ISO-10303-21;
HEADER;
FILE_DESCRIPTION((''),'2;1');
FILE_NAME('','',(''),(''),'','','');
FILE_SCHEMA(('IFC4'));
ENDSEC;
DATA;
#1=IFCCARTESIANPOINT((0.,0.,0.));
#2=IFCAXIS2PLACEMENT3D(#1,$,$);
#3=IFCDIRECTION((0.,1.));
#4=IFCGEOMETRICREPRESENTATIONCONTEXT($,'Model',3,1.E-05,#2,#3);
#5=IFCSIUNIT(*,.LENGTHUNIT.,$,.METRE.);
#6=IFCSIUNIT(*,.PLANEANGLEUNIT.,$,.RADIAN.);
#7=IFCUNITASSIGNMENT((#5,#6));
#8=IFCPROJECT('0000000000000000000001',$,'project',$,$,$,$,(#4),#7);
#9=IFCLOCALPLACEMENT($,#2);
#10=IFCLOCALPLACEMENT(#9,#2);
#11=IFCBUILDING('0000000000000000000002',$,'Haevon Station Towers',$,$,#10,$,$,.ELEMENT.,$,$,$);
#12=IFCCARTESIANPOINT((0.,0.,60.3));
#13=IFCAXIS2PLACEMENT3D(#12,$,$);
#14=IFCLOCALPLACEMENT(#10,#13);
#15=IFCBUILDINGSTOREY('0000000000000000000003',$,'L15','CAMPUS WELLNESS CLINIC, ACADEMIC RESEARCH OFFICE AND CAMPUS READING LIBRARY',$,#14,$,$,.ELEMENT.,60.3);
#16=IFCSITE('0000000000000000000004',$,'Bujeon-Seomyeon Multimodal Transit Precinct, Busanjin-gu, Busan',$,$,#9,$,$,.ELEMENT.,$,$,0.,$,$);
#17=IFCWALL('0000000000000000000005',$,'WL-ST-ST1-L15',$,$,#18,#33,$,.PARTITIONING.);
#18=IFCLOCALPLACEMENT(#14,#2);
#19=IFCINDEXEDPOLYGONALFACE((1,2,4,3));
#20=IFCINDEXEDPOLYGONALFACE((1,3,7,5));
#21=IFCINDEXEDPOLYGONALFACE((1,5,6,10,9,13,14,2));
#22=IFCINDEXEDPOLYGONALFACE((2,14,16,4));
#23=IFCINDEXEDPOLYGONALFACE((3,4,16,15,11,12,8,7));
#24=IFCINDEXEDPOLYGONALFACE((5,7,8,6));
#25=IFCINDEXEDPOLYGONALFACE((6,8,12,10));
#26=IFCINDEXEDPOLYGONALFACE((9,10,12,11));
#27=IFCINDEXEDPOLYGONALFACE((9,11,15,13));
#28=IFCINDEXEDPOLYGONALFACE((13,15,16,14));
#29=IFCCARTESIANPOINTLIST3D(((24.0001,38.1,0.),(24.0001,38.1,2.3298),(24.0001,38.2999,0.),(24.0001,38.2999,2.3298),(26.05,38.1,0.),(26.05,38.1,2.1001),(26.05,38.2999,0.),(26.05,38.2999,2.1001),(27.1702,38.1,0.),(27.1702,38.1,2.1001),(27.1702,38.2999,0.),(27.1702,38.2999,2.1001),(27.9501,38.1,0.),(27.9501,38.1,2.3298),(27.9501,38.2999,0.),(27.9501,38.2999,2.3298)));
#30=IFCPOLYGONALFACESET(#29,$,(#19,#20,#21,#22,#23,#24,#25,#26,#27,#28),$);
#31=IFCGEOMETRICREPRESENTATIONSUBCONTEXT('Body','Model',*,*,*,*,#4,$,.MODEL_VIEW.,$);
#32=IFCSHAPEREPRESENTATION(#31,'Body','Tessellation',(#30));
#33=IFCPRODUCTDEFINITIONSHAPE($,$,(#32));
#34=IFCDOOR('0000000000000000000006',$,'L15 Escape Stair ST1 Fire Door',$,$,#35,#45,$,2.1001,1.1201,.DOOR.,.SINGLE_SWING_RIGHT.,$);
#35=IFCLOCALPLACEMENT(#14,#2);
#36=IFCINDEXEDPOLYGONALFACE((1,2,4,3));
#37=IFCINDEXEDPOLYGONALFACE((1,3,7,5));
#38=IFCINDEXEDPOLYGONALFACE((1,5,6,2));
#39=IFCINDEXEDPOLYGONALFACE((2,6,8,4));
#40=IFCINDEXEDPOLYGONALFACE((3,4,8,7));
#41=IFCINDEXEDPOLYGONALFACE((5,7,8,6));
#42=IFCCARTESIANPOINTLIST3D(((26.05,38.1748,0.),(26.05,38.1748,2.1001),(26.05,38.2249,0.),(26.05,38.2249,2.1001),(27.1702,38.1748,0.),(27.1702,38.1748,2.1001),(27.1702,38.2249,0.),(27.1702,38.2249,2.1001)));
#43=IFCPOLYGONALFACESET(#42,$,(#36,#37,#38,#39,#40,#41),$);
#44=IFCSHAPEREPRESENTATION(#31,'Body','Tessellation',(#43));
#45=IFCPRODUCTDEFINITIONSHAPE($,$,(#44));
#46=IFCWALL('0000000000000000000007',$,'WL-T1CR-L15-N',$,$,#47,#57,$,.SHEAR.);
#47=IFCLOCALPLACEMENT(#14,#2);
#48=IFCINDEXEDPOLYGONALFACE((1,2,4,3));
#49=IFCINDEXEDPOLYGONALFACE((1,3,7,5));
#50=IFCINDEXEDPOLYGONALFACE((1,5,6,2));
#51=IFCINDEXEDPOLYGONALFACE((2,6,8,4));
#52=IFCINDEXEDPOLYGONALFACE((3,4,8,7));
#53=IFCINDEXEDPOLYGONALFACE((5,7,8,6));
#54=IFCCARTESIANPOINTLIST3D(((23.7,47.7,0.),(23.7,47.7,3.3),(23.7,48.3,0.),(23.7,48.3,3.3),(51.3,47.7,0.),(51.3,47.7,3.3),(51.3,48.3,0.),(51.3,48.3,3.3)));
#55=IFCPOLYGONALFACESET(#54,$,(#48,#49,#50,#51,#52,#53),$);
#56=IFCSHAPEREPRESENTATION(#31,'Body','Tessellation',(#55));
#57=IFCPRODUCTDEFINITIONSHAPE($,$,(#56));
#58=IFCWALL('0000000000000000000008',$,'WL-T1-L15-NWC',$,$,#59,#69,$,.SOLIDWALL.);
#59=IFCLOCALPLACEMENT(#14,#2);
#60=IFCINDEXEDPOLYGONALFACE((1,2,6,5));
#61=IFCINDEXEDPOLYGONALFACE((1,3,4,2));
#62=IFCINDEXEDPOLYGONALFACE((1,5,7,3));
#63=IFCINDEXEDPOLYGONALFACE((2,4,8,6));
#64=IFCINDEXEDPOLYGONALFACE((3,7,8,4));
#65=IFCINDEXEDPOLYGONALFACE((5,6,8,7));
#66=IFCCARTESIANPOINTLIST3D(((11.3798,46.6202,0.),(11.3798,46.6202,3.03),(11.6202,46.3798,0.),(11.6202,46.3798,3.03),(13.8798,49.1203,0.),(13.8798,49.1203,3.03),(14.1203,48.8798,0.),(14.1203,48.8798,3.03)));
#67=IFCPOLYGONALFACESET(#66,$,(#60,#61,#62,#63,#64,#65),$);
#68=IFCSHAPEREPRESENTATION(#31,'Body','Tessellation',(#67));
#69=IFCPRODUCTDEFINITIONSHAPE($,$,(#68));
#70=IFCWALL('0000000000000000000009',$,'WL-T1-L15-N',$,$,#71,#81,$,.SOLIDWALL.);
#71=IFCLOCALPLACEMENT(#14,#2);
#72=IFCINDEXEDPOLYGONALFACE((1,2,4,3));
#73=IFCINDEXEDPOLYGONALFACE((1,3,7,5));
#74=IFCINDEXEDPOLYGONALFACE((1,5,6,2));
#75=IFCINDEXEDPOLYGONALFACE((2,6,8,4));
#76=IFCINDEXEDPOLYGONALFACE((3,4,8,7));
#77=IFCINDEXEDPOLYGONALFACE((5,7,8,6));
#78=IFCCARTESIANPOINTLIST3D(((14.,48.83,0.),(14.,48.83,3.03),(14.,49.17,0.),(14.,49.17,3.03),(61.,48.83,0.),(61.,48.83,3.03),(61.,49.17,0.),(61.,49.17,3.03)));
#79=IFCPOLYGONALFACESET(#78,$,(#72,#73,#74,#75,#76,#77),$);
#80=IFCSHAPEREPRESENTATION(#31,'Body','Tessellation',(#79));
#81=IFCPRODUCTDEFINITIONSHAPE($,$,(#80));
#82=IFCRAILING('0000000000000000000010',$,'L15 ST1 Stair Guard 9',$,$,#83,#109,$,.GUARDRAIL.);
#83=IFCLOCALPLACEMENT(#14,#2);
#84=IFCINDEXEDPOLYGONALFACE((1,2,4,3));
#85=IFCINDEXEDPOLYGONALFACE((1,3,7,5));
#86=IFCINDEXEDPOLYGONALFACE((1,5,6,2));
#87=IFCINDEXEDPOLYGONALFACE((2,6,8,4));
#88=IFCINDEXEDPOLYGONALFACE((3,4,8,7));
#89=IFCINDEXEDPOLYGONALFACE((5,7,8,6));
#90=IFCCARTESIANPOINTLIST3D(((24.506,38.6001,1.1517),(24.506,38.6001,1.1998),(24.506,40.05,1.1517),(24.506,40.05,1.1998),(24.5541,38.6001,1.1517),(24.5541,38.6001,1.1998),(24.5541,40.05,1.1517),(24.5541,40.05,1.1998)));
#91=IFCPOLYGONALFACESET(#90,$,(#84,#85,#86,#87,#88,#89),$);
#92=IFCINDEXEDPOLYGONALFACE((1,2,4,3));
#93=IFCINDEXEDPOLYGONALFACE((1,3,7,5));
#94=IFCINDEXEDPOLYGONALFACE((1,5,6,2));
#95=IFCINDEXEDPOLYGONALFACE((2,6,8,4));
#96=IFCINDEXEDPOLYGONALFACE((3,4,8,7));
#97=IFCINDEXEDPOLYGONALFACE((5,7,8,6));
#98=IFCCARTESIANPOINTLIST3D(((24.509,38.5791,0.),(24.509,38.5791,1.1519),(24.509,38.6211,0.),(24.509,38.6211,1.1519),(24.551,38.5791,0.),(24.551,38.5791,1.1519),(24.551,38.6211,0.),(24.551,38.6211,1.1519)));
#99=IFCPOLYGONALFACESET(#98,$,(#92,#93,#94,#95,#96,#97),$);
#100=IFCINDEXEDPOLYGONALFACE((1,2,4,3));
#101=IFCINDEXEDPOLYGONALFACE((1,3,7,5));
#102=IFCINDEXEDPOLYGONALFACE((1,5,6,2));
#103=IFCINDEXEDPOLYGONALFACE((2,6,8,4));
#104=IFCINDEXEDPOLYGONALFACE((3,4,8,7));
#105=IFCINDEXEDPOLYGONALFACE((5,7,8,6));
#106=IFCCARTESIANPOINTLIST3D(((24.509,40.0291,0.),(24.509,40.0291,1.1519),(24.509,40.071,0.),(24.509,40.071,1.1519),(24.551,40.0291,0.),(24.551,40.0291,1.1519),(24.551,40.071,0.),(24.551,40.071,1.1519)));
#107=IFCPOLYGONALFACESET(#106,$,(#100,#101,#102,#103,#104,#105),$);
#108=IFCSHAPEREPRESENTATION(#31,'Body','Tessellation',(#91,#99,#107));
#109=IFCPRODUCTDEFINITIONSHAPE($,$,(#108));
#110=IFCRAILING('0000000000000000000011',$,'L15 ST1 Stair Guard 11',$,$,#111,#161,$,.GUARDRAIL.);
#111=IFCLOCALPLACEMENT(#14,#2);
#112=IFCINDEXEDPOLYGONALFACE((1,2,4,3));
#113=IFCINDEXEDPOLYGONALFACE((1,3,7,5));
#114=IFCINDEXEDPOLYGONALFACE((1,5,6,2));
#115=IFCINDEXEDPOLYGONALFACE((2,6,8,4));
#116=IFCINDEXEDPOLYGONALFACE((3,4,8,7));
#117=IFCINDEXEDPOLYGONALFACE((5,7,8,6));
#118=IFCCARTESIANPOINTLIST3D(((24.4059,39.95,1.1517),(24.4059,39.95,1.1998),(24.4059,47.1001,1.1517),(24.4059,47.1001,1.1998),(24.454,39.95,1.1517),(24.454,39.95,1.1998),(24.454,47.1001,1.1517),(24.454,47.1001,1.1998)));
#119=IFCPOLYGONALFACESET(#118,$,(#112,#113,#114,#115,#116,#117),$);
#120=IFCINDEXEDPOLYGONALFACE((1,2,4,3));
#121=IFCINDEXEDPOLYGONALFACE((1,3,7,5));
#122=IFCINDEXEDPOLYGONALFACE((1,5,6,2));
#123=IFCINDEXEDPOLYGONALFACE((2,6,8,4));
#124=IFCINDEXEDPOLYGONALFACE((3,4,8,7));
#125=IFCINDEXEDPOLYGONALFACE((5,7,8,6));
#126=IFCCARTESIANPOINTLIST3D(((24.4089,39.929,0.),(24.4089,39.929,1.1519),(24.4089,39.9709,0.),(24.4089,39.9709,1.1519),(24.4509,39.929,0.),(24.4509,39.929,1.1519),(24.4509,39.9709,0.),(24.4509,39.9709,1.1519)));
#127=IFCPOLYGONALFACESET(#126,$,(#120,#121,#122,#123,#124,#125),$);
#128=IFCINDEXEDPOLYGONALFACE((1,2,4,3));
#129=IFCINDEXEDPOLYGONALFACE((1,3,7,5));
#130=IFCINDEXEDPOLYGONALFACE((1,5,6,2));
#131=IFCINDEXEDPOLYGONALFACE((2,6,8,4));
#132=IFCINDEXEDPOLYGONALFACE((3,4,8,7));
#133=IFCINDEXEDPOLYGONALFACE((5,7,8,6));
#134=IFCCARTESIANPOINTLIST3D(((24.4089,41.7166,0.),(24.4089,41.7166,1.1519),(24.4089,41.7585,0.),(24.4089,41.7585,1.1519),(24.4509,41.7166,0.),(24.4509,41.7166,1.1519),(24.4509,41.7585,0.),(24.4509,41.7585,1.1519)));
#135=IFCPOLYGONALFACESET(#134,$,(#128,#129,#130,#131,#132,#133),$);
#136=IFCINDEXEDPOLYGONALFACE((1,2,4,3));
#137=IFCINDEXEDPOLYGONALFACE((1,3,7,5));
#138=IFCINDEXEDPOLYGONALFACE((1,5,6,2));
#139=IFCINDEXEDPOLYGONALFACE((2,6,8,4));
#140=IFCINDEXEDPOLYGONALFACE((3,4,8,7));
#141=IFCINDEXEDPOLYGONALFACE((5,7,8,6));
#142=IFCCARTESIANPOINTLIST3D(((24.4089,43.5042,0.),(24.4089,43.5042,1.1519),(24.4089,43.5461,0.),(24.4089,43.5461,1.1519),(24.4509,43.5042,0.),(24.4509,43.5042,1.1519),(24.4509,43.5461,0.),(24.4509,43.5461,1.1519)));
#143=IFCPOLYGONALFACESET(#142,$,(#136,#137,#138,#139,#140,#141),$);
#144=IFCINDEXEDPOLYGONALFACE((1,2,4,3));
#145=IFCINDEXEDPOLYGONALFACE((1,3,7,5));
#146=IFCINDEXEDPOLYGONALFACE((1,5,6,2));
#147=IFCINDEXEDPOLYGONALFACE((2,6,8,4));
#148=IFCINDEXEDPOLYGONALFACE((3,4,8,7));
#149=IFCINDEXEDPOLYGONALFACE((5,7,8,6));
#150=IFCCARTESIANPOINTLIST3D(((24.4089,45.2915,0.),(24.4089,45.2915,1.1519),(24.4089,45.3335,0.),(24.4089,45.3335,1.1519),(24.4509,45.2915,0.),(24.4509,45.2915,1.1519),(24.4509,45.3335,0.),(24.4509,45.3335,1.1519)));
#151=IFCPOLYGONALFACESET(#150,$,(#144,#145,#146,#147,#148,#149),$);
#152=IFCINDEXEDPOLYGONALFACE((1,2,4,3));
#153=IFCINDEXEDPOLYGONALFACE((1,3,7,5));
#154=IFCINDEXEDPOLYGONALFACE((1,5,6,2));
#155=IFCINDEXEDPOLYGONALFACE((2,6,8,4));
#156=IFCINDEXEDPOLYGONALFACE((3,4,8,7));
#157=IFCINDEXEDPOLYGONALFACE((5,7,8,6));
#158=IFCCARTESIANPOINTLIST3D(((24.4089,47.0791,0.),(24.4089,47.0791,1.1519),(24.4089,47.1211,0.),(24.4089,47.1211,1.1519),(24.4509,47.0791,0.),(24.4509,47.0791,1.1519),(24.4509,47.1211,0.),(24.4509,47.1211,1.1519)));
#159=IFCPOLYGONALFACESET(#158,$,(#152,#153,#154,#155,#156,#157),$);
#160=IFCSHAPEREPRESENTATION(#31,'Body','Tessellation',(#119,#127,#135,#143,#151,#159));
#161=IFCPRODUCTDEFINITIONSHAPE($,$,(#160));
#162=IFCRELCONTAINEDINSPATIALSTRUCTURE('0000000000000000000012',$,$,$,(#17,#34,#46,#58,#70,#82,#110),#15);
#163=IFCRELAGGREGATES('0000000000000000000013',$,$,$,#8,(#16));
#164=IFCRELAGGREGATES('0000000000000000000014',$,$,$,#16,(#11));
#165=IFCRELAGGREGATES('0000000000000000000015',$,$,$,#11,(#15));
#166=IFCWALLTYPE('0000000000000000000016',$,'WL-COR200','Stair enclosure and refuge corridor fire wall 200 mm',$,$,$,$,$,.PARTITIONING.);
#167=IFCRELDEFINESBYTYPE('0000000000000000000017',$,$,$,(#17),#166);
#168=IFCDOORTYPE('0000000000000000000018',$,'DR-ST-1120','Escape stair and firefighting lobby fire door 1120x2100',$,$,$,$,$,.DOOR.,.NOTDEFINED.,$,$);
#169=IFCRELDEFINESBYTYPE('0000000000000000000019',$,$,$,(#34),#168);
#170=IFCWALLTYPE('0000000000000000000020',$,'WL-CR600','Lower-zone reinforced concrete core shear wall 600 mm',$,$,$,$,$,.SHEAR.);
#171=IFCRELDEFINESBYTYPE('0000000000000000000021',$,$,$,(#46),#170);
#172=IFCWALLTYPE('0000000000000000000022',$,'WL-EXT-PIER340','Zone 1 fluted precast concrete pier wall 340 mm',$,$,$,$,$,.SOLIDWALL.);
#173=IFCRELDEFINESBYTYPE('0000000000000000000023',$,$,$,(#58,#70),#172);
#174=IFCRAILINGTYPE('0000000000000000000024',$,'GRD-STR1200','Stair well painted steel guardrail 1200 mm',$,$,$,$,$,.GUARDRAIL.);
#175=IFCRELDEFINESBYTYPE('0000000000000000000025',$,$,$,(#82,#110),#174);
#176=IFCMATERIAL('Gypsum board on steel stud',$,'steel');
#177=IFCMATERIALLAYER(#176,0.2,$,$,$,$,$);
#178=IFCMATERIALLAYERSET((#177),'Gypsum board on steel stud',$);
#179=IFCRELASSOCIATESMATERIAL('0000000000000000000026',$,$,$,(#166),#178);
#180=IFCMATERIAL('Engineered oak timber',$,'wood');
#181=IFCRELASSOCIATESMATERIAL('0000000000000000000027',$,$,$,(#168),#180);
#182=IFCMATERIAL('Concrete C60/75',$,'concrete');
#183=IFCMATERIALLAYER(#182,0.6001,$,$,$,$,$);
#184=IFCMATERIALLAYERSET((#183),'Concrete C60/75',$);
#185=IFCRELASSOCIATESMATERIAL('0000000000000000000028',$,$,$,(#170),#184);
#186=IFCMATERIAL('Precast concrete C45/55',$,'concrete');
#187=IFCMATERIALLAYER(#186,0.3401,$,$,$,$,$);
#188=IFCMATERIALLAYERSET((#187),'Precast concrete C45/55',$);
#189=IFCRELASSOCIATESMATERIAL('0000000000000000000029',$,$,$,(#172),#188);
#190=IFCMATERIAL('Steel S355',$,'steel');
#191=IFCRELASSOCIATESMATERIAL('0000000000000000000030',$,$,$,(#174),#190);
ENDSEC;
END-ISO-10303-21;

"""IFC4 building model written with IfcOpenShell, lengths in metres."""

from ifc_helpers import new_model, si_unit, direction, frame, frame_2d, origin, origin_2d, place, context, subcontext, project, spatial, rectangle, extrude, material, layer, layer_set, type_object, element, fill, save


model = new_model("IFC4")

# Units and contexts
model_context = context("Model", 3, precision=1e-05, world=origin(), true_north=direction((0.0, 1.0)))
body_context = subcontext(model_context, "Body", "Model", "MODEL_VIEW")
ifc_project = project(units=[si_unit("LENGTHUNIT", "METRE"), si_unit("PLANEANGLEUNIT", "RADIAN")], contexts=[model_context])

# Site, building, storey
site_placement = place(None, origin())
site = spatial("IfcSite", under=ifc_project, at=site_placement, Name="Bujeon-Seomyeon Multimodal Transit Precinct, Busanjin-gu, Busan", CompositionType="ELEMENT", RefElevation=0.0)
building_placement = place(site_placement, origin())
building = spatial("IfcBuilding", under=site, at=building_placement, Name="Haevon Station Towers", CompositionType="ELEMENT")
storey_placement = place(building_placement, frame((0.0, 0.0, 60.3)))
storey = spatial("IfcBuildingStorey", under=building, at=storey_placement, Name="L15", Description="CAMPUS WELLNESS CLINIC, ACADEMIC RESEARCH OFFICE AND CAMPUS READING LIBRARY", CompositionType="ELEMENT", Elevation=60.3)

# Shared definitions
ifc_material_1 = material(Name="Steel S355", Category="steel")

# Wall, opening, door
ifc_material_2 = material(Name="Gypsum board on steel stud", Category="steel")
ifc_layer_1 = layer(ifc_material_2, 0.2)
ifc_layer_set_1 = layer_set([ifc_layer_1], Name="Gypsum board on steel stud")
wall_type_1 = type_object("IfcWallType", Name="WL-COR200", Description="Stair enclosure and refuge corridor fire wall 200 mm", PredefinedType="PARTITIONING", material=ifc_layer_set_1)
wall_1_placement = place(storey_placement, frame((24.0, 38.2, 0.0), z_axis=(0.0, 0.0, 1.0), x_axis=(1.0, 0.0, 0.0)))
wall_1 = element("IfcWall", 1, at=wall_1_placement, inside=storey, type_object=wall_type_1, Name="WL-ST-ST1-L15", PredefinedType="PARTITIONING", context=body_context, shape_type="SweptSolid", body=[
    extrude(rectangle(XDim=3.95, YDim=0.2, at=frame_2d((1.9751, 0.0))), origin(), (0.0, 0.0, 1.0), 2.3298),
])
opening_placement = place(wall_1_placement, frame((2.05, 0.0, 0.0)))
opening = element("IfcOpeningElement", 2, at=opening_placement, cuts=wall_1, PredefinedType="OPENING", context=body_context, shape_type="SweptSolid", body=[
    extrude(rectangle(XDim=1.1201, YDim=2.1001, at=frame_2d((0.5601, 1.05))), frame((0.0, 0.1099, 0.0), z_axis=(0.0, -1.0, 0.0), x_axis=(1.0, 0.0, 0.0)), (0.0, 0.0, 1.0), 0.22),
])
ifc_material_3 = material(Name="Engineered oak timber", Category="wood")
door_type = type_object("IfcDoorType", Name="DR-ST-1120", Description="Escape stair and firefighting lobby fire door 1120x2100", OperationType="NOTDEFINED", PredefinedType="DOOR", material=ifc_material_3)
door_placement = place(opening_placement, origin())
door = element("IfcDoor", 3, at=door_placement, inside=storey, type_object=door_type, Name="L15 Escape Stair ST1 Fire Door", OperationType="SINGLE_SWING_RIGHT", OverallHeight=2.1001, OverallWidth=1.1201, PredefinedType="DOOR", context=body_context, shape_type="SweptSolid", body=[
    extrude(rectangle(XDim=1.1201, YDim=2.1001, at=frame_2d((0.5601, 1.05))), frame((0.0, 0.0249, 0.0), z_axis=(0.0, -1.0, 0.0), x_axis=(1.0, 0.0, 0.0)), (0.0, 0.0, 1.0), 0.05),
])
fill(opening, door)

# Walls
ifc_material_4 = material(Name="Concrete C60/75", Category="concrete")
ifc_layer_2 = layer(ifc_material_4, 0.6001)
ifc_layer_set_2 = layer_set([ifc_layer_2], Name="Concrete C60/75")
wall_type_2 = type_object("IfcWallType", Name="WL-CR600", Description="Lower-zone reinforced concrete core shear wall 600 mm", PredefinedType="SHEAR", material=ifc_layer_set_2)
wall_2_placement = place(storey_placement, frame((23.7, 48.0, 0.0), z_axis=(0.0, 0.0, 1.0), x_axis=(1.0, 0.0, 0.0)))
element("IfcWall", 4, at=wall_2_placement, inside=storey, type_object=wall_type_2, Name="WL-T1CR-L15-N", PredefinedType="SHEAR", context=body_context, shape_type="SweptSolid", body=[
    extrude(rectangle(XDim=27.6001, YDim=0.6001, at=frame_2d((13.8, 0.0))), origin(), (0.0, 0.0, 1.0), 3.3),
])
ifc_material_5 = material(Name="Precast concrete C45/55", Category="concrete")
ifc_layer_3 = layer(ifc_material_5, 0.3401)
ifc_layer_set_3 = layer_set([ifc_layer_3], Name="Precast concrete C45/55")
wall_type_3 = type_object("IfcWallType", Name="WL-EXT-PIER340", Description="Zone 1 fluted precast concrete pier wall 340 mm", PredefinedType="SOLIDWALL", material=ifc_layer_set_3)
wall_3_placement = place(storey_placement, frame((11.5, 46.5, 0.0), z_axis=(0.0, 0.0, 1.0), x_axis=(0.707107, 0.707107, 0.0)))
element("IfcWall", 5, at=wall_3_placement, inside=storey, type_object=wall_type_3, Name="WL-T1-L15-NWC", PredefinedType="SOLIDWALL", context=body_context, shape_type="SweptSolid", body=[
    extrude(rectangle(XDim=3.5356, YDim=0.3401, at=frame_2d((1.7678, 0.0))), origin(), (0.0, 0.0, 1.0), 3.03),
])
wall_4_placement = place(storey_placement, frame((14.0, 49.0, 0.0), z_axis=(0.0, 0.0, 1.0), x_axis=(1.0, 0.0, 0.0)))
element("IfcWall", 6, at=wall_4_placement, inside=storey, type_object=wall_type_3, Name="WL-T1-L15-N", PredefinedType="SOLIDWALL", context=body_context, shape_type="SweptSolid", body=[
    extrude(rectangle(XDim=47.0, YDim=0.3401, at=frame_2d((23.5, 0.0))), origin(), (0.0, 0.0, 1.0), 3.03),
])

# Railings
railing_type = type_object("IfcRailingType", Name="GRD-STR1200", Description="Stair well painted steel guardrail 1200 mm", PredefinedType="GUARDRAIL", material=ifc_material_1)
railing_1_placement = place(storey_placement, frame((24.53, 38.6001, 0.0)))
element("IfcRailing", 7, at=railing_1_placement, inside=storey, type_object=railing_type, Name="L15 ST1 Stair Guard 9", PredefinedType="GUARDRAIL", context=body_context, shape_type="SweptSolid", body=[
    extrude(rectangle(XDim=0.0481, YDim=0.0481, at=origin_2d()), frame((0.0, 0.0, 1.1758), z_axis=(0.0, 1.0, 0.0), x_axis=(-1.0, 0.0, 0.0)), (0.0, 0.0, 1.0), 1.45),
    extrude(rectangle(XDim=0.042, YDim=0.042, at=origin_2d()), origin(), (0.0, 0.0, 1.0), 1.1519),
    extrude(rectangle(XDim=0.042, YDim=0.042, at=origin_2d()), frame((0.0, 1.45, 0.0)), (0.0, 0.0, 1.0), 1.1519),
])
railing_2_placement = place(storey_placement, frame((24.4299, 39.95, 0.0)))
element("IfcRailing", 8, at=railing_2_placement, inside=storey, type_object=railing_type, Name="L15 ST1 Stair Guard 11", PredefinedType="GUARDRAIL", context=body_context, shape_type="SweptSolid", body=[
    extrude(rectangle(XDim=0.0481, YDim=0.0481, at=origin_2d()), frame((0.0, 0.0, 1.1758), z_axis=(0.0, 1.0, 0.0), x_axis=(-1.0, 0.0, 0.0)), (0.0, 0.0, 1.0), 7.1501),
    extrude(rectangle(XDim=0.042, YDim=0.042, at=origin_2d()), origin(), (0.0, 0.0, 1.0), 1.1519),
    extrude(rectangle(XDim=0.042, YDim=0.042, at=origin_2d()), frame((0.0, 1.7876, 0.0)), (0.0, 0.0, 1.0), 1.1519),
    extrude(rectangle(XDim=0.042, YDim=0.042, at=origin_2d()), frame((0.0, 3.5752, 0.0)), (0.0, 0.0, 1.0), 1.1519),
    extrude(rectangle(XDim=0.042, YDim=0.042, at=origin_2d()), frame((0.0, 5.3625, 0.0)), (0.0, 0.0, 1.0), 1.1519),
    extrude(rectangle(XDim=0.042, YDim=0.042, at=origin_2d()), frame((0.0, 7.1501, 0.0)), (0.0, 0.0, 1.0), 1.1519),
])

save(model, "model.ifc")
